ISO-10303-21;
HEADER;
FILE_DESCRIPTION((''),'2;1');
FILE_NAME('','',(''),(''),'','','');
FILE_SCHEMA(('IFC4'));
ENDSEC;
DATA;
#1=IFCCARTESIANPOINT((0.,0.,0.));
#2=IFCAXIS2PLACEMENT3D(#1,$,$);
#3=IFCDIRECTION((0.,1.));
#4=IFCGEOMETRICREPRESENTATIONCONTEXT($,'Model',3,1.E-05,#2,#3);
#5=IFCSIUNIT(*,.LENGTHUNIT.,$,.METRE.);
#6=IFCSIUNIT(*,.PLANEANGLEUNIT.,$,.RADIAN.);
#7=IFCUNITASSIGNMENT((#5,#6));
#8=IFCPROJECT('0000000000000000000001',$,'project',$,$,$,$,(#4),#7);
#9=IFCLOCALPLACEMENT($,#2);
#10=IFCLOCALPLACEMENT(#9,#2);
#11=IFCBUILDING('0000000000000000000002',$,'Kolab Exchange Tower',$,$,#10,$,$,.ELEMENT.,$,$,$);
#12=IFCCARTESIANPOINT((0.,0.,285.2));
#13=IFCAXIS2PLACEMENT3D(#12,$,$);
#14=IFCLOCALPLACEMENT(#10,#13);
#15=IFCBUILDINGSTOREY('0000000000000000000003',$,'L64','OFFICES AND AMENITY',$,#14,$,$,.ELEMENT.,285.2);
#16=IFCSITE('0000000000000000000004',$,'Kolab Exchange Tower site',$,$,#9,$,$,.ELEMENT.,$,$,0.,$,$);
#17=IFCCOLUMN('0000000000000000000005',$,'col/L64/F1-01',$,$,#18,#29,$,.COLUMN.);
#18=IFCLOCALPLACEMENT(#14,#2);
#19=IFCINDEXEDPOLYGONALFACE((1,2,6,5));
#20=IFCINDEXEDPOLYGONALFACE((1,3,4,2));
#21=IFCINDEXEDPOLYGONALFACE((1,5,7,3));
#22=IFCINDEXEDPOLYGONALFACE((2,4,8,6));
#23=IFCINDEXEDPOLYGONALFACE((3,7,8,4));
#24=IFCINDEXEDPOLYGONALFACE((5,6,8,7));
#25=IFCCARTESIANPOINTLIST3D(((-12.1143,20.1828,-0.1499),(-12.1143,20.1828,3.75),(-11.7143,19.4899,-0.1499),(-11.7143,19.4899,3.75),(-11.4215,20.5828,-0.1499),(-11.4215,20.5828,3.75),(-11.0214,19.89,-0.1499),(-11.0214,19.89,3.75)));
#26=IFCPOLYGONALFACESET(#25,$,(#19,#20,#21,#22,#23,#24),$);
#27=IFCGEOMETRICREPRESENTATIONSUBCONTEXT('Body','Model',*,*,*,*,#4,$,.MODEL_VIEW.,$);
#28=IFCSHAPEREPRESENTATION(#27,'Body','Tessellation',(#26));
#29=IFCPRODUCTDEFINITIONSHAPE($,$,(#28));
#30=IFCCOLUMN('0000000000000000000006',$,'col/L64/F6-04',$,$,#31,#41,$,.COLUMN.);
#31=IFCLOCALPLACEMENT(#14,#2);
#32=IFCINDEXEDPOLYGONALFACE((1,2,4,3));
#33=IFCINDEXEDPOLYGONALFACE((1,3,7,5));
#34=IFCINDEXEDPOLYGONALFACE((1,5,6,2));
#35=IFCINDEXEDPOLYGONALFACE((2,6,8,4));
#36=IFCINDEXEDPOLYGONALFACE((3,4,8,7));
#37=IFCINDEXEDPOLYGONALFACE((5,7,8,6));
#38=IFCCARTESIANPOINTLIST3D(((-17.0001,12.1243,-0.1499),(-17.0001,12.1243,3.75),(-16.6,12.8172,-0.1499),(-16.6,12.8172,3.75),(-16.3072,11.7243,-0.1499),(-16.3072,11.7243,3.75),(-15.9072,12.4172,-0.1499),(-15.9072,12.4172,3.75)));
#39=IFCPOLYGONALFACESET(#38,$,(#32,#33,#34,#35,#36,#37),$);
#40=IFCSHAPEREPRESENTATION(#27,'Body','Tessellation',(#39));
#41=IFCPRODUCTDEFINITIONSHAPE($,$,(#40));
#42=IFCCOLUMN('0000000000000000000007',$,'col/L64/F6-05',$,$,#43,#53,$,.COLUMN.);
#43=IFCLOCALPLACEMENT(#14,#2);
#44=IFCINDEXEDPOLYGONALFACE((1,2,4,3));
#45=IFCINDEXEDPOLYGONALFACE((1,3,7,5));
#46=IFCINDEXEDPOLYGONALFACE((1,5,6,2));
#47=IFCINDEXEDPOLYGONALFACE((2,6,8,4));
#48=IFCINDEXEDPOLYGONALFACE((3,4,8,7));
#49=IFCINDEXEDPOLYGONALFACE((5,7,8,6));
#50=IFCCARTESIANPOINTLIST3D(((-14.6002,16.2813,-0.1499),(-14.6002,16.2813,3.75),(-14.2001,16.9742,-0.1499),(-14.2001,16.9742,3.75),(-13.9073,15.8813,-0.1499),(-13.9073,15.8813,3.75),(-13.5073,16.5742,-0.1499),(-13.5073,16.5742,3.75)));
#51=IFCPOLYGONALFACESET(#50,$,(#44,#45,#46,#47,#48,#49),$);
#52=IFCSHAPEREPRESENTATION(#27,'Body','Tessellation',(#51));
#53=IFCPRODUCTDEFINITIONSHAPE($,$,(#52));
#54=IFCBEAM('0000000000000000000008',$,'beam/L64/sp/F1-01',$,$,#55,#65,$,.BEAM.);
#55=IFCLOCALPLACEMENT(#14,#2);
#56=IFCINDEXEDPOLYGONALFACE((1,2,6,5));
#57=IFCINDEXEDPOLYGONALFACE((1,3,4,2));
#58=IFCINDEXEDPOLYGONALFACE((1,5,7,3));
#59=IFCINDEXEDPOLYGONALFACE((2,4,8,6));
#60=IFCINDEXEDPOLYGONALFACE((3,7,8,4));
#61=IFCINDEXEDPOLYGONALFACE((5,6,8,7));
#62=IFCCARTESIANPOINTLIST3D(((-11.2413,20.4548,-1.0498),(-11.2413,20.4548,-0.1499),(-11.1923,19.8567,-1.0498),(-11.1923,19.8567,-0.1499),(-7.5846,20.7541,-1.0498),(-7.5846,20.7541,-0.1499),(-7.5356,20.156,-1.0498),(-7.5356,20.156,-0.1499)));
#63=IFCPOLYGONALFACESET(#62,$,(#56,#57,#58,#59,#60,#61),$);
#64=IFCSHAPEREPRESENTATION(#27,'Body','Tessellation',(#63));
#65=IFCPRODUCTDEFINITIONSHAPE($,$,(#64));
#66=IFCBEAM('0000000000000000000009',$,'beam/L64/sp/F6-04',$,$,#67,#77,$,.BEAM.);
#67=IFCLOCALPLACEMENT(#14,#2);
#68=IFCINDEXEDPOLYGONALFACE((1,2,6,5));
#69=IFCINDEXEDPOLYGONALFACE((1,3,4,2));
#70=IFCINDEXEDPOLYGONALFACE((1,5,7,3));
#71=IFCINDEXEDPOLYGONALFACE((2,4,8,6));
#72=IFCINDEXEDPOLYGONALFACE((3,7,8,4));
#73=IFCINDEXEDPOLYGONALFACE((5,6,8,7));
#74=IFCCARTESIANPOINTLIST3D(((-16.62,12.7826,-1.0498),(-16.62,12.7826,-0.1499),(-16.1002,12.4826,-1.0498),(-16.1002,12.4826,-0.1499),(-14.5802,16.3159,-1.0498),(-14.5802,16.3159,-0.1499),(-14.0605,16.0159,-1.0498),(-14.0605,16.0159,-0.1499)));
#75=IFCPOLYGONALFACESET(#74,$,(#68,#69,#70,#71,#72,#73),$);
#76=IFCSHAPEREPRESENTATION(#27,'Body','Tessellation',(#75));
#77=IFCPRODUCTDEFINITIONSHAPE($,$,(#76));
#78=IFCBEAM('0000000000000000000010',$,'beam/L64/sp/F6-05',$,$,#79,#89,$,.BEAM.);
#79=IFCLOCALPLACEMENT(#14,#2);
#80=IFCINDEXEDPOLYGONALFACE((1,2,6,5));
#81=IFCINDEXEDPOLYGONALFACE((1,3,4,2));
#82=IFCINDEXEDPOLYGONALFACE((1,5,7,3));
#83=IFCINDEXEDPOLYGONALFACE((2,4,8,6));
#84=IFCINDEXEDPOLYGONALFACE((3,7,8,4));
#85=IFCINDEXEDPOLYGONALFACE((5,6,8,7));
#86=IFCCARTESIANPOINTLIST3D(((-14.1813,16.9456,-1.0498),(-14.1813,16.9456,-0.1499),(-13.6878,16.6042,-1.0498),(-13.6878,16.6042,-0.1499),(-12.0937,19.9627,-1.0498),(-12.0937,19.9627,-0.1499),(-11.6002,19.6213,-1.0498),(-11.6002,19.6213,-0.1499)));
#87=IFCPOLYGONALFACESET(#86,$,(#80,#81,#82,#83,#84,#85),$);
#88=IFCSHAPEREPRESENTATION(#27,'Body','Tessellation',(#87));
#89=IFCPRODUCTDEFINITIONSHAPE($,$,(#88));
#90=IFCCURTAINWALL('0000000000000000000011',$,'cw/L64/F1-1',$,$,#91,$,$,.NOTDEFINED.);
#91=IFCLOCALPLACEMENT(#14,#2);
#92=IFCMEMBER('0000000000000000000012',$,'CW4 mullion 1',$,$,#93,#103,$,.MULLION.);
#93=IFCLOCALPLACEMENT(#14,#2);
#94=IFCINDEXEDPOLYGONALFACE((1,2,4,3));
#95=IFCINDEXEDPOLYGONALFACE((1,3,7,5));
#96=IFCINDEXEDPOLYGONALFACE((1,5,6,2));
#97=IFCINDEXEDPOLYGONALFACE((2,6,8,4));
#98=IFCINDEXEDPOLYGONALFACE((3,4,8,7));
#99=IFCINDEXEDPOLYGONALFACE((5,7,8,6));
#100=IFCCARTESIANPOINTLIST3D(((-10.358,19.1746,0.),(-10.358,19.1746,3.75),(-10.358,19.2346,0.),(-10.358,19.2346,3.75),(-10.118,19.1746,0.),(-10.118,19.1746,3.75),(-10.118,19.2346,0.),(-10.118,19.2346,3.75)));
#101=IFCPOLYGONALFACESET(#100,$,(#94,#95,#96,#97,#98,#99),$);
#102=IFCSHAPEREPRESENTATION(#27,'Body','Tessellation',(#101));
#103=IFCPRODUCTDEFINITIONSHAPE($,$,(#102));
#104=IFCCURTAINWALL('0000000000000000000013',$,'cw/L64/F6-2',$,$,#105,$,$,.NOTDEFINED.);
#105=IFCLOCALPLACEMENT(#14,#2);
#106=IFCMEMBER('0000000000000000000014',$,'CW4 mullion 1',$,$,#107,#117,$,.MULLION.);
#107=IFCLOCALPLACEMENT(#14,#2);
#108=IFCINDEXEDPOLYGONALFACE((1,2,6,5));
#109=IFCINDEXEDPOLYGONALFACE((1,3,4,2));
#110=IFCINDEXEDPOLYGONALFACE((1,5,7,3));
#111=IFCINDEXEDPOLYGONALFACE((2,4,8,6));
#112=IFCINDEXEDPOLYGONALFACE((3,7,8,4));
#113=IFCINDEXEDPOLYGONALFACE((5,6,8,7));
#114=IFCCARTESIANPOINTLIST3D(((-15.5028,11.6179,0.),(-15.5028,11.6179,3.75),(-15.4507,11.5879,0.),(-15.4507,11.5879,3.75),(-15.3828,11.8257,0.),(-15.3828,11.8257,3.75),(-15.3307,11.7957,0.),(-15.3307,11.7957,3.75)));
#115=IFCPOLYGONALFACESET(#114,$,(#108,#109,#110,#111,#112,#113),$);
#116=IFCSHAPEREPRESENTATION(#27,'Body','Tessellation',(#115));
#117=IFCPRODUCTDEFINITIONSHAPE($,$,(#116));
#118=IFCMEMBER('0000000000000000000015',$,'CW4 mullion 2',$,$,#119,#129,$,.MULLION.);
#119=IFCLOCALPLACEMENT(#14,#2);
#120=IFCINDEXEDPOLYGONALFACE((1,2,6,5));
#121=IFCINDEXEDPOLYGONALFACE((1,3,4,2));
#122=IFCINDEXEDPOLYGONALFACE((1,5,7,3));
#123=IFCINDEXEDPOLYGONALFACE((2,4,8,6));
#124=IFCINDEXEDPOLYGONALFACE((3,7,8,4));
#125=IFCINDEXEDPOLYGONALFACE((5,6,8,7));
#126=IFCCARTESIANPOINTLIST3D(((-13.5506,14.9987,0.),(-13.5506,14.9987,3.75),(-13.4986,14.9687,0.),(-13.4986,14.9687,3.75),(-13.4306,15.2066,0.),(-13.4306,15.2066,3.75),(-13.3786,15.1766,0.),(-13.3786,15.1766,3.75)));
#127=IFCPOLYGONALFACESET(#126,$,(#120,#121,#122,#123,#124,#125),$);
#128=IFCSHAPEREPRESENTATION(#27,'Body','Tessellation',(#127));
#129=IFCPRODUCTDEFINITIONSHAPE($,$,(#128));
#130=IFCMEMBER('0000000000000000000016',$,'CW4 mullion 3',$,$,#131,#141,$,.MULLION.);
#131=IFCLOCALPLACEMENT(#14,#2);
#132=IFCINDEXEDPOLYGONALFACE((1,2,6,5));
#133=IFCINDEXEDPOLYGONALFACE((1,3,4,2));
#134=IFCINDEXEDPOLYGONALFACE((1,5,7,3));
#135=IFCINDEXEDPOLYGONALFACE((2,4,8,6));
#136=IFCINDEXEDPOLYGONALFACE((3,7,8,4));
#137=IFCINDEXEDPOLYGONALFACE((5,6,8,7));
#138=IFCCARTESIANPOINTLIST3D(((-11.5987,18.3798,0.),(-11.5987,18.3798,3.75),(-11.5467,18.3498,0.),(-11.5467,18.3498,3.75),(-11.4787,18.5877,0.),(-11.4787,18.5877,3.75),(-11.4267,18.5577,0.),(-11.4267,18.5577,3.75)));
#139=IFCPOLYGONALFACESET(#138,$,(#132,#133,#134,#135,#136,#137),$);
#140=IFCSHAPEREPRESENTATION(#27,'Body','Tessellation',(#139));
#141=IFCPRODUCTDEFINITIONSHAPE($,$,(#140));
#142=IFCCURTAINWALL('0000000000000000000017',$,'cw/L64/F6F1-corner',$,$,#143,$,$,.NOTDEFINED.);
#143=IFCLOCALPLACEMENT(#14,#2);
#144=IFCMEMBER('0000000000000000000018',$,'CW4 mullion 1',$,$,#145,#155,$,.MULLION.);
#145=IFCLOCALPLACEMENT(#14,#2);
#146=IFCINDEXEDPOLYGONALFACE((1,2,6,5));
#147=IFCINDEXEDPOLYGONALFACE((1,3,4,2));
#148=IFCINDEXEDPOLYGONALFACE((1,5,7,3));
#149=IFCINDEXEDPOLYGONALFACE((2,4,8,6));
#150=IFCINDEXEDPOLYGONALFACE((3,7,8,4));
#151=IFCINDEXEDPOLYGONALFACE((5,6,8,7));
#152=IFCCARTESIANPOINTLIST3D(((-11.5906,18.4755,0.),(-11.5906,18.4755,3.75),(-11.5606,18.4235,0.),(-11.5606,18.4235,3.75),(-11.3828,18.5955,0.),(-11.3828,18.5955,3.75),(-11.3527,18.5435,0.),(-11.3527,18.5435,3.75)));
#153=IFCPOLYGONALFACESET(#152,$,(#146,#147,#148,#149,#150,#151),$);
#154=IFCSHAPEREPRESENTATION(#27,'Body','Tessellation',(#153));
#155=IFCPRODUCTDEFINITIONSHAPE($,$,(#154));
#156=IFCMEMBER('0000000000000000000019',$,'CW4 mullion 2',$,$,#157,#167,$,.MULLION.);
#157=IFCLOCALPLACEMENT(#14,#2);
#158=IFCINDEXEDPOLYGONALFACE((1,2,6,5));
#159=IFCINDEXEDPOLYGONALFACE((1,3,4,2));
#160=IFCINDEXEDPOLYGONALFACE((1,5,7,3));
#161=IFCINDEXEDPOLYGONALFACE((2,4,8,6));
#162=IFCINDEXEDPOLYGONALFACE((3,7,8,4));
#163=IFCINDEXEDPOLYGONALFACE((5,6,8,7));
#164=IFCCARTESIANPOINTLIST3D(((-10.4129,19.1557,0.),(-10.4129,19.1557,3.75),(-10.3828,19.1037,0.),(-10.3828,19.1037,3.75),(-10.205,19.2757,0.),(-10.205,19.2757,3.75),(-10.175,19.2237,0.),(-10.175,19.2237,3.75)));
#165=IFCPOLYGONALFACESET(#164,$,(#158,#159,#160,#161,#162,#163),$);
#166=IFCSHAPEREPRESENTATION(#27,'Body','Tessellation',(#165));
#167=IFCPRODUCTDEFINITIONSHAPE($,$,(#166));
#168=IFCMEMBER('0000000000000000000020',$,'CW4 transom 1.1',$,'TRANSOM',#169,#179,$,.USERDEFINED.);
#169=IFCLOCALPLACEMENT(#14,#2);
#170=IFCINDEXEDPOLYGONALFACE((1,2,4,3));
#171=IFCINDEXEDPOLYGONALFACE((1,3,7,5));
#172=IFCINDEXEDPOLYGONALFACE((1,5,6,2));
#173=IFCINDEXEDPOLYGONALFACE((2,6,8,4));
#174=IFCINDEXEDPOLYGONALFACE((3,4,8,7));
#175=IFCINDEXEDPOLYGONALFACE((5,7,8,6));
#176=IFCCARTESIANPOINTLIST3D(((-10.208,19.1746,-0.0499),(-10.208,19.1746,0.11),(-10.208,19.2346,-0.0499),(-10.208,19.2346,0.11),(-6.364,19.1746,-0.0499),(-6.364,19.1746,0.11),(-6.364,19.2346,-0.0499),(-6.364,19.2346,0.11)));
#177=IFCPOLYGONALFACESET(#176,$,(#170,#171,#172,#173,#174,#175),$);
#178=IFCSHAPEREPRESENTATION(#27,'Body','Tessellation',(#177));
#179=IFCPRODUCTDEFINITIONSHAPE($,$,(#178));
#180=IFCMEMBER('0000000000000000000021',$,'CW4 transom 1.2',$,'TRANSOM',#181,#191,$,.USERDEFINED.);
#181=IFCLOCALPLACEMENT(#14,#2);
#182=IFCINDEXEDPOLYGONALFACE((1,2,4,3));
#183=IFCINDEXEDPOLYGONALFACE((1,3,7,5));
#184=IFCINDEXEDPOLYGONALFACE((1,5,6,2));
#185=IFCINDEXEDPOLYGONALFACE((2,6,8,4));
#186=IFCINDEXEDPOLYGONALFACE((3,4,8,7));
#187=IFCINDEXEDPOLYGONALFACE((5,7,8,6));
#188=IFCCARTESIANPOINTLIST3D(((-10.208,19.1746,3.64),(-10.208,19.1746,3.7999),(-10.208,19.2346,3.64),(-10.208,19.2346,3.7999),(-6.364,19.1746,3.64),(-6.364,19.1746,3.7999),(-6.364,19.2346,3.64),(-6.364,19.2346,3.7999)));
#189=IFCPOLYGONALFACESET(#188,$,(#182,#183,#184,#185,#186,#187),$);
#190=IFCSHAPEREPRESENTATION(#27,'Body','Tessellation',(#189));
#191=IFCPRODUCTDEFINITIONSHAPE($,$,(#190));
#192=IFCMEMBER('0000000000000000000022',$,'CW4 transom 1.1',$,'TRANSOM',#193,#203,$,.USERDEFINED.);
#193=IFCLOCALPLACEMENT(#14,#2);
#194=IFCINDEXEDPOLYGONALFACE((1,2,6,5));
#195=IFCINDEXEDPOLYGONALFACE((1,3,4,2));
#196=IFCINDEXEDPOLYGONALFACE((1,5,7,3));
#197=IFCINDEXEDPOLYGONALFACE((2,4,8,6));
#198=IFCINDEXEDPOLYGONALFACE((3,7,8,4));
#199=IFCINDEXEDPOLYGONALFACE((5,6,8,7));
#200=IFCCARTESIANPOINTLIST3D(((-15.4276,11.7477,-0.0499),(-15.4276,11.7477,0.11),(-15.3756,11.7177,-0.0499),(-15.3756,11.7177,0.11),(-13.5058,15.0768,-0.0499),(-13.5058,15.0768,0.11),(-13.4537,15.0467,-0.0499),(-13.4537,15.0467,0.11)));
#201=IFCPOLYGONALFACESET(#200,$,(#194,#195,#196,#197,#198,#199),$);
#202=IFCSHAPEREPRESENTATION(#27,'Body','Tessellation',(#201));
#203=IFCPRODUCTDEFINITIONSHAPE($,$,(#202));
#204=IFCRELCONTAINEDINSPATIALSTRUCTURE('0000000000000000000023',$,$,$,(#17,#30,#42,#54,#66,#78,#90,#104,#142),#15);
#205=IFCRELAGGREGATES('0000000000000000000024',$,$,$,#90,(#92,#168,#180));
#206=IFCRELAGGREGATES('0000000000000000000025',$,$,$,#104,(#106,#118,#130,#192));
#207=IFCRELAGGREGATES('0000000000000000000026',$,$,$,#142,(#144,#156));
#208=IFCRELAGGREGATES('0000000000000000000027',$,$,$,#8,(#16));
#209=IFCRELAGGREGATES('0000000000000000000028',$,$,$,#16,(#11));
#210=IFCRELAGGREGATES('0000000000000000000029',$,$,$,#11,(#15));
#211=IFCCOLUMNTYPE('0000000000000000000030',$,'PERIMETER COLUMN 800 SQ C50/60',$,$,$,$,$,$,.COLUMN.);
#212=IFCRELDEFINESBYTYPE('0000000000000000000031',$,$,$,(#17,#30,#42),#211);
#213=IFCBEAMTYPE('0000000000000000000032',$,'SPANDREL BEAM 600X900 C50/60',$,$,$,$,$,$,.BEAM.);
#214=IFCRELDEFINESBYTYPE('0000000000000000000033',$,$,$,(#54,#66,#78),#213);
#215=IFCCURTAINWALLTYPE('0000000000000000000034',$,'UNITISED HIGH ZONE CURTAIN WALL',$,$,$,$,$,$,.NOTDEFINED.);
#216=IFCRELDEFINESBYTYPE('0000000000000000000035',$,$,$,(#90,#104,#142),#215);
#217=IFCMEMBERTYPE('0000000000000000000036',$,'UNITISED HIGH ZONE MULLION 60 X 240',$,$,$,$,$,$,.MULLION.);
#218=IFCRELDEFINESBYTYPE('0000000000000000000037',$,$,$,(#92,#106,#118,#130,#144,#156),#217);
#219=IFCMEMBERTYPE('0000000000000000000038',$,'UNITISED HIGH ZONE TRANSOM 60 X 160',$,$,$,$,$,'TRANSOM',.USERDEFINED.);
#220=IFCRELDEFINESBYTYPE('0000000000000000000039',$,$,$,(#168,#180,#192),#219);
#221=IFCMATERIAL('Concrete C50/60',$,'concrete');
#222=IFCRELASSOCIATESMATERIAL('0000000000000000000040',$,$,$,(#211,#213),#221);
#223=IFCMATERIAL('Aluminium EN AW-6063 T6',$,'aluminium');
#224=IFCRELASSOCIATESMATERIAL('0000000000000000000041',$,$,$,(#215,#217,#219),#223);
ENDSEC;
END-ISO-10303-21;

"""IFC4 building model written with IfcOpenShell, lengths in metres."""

from ifc_helpers import new_model, si_unit, direction, frame, origin, origin_2d, place, context, subcontext, project, spatial, rectangle, extrude, material, material_profile, profile_set, type_object, element, aggregate, save


model = new_model("IFC4")

# Units and contexts
model_context = context("Model", 3, precision=1e-05, world=origin(), true_north=direction((0.0, 1.0)))
body_context = subcontext(model_context, "Body", "Model", "MODEL_VIEW")
ifc_project = project(units=[si_unit("LENGTHUNIT", "METRE"), si_unit("PLANEANGLEUNIT", "RADIAN")], contexts=[model_context])

# Site, building, storey
site_placement = place(None, origin())
site = spatial("IfcSite", under=ifc_project, at=site_placement, Name="Kolab Exchange Tower site", CompositionType="ELEMENT", RefElevation=0.0)
building_placement = place(site_placement, origin())
building = spatial("IfcBuilding", under=site, at=building_placement, Name="Kolab Exchange Tower", CompositionType="ELEMENT")
storey_placement = place(building_placement, frame((0.0, 0.0, 285.2)))
storey = spatial("IfcBuildingStorey", under=building, at=storey_placement, Name="L64", Description="OFFICES AND AMENITY", CompositionType="ELEMENT", Elevation=285.2)

# Columns
ifc_material_1 = material(Name="Concrete C50/60", Category="concrete")
ifc_material_profile_1 = material_profile(ifc_material_1, rectangle(XDim=0.8, YDim=0.8, at=origin_2d()), Name="RC800")
ifc_profile_set_1 = profile_set([ifc_material_profile_1], Name="Concrete C50/60")
column_type = type_object("IfcColumnType", Name="PERIMETER COLUMN 800 SQ C50/60", PredefinedType="COLUMN", material=ifc_profile_set_1)
for number, where, z_axis, x_axis, name in (
    (1, (-11.5679, 20.0364, -0.1499), (0.0, 0.0, 1.0), (0.866025, 0.5, 0.0), "col/L64/F1-01"),
    (2, (-16.4536, 12.2708, -0.1499), (0.0, 0.0, 1.0), (0.5, 0.866025, 0.0), "col/L64/F6-04"),
    (3, (-14.0537, 16.4277, -0.1499), (0.0, 0.0, 1.0), (0.5, 0.866025, 0.0), "col/L64/F6-05"),
):
    element("IfcColumn", number, at=place(storey_placement, frame(where, z_axis=z_axis, x_axis=x_axis)), inside=storey, type_object=column_type, Name=name, PredefinedType="COLUMN", context=body_context, shape_type="SweptSolid", body=[
        extrude(rectangle(XDim=0.8, YDim=0.8, at=origin_2d()), origin(), (0.0, 0.0, 1.0), 3.8999),
    ])

# Beams
ifc_material_profile_2 = material_profile(ifc_material_1, rectangle(XDim=0.6001, YDim=0.8999, at=origin_2d()), Name="RC600X900")
ifc_profile_set_2 = profile_set([ifc_material_profile_2], Name="Concrete C50/60")
beam_type = type_object("IfcBeamType", Name="SPANDREL BEAM 600X900 C50/60", PredefinedType="BEAM", material=ifc_profile_set_2)
beam_1_placement = place(storey_placement, frame((-11.2168, 20.1558, -0.5999), z_axis=(0.996667, 0.081581, 0.0), x_axis=(-0.081581, 0.996667, 0.0)))
element("IfcBeam", 4, at=beam_1_placement, inside=storey, type_object=beam_type, Name="beam/L64/sp/F1-01", PredefinedType="BEAM", context=body_context, shape_type="SweptSolid", body=[
    extrude(rectangle(XDim=0.6001, YDim=0.8999, at=origin_2d()), origin(), (0.0, 0.0, 1.0), 3.6689),
])
beam_2_placement = place(storey_placement, frame((-16.3601, 12.6326, -0.5999), z_axis=(0.499956, 0.866051, 0.0), x_axis=(-0.866051, 0.499956, 0.0)))
element("IfcBeam", 5, at=beam_2_placement, inside=storey, type_object=beam_type, Name="beam/L64/sp/F6-04", PredefinedType="BEAM", context=body_context, shape_type="SweptSolid", body=[
    extrude(rectangle(XDim=0.6001, YDim=0.8999, at=origin_2d()), origin(), (0.0, 0.0, 1.0), 4.0798),
])
beam_3_placement = place(storey_placement, frame((-13.9346, 16.7749, -0.5999), z_axis=(0.569006, 0.822334, 0.0), x_axis=(-0.822334, 0.569006, 0.0)))
element("IfcBeam", 6, at=beam_3_placement, inside=storey, type_object=beam_type, Name="beam/L64/sp/F6-05", PredefinedType="BEAM", context=body_context, shape_type="SweptSolid", body=[
    extrude(rectangle(XDim=0.6001, YDim=0.8999, at=origin_2d()), origin(), (0.0, 0.0, 1.0), 3.6689),
])

# Curtain wall, member
ifc_material_2 = material(Name="Aluminium EN AW-6063 T6", Category="aluminium")
curtain_wall_type = type_object("IfcCurtainWallType", Name="UNITISED HIGH ZONE CURTAIN WALL", PredefinedType="NOTDEFINED", material=ifc_material_2)
curtain_wall_1_placement = place(storey_placement, origin())
curtain_wall_1 = element("IfcCurtainWall", 7, at=curtain_wall_1_placement, inside=storey, type_object=curtain_wall_type, Name="cw/L64/F1-1", PredefinedType="NOTDEFINED")
ifc_material_profile_3 = material_profile(ifc_material_2, rectangle(XDim=0.0601, YDim=0.24, at=origin_2d()), Name="RECT 60X240")
ifc_profile_set_3 = profile_set([ifc_material_profile_3], Name="Aluminium EN AW-6063 T6")
member_type_1 = type_object("IfcMemberType", Name="UNITISED HIGH ZONE MULLION 60 X 240", PredefinedType="MULLION", material=ifc_profile_set_3)
member_1_placement = place(storey_placement, frame((-10.238, 19.2046, 0.0), z_axis=(0.0, 0.0, 1.0), x_axis=(0.0, 1.0, 0.0)))
member_1 = element("IfcMember", 8, at=member_1_placement, type_object=member_type_1, Name="CW4 mullion 1", PredefinedType="MULLION", context=body_context, shape_type="SweptSolid", body=[
    extrude(rectangle(XDim=0.0601, YDim=0.24, at=origin_2d()), origin(), (0.0, 0.0, 1.0), 3.75),
])

# Curtain walls, members
curtain_wall_2_placement = place(storey_placement, origin())
curtain_wall_2 = element("IfcCurtainWall", 9, at=curtain_wall_2_placement, inside=storey, type_object=curtain_wall_type, Name="cw/L64/F6-2", PredefinedType="NOTDEFINED")
member_2_placement = place(storey_placement, frame((-15.4167, 11.7068, 0.0), z_axis=(0.0, 0.0, 1.0), x_axis=(-0.866025, 0.5, 0.0)))
member_2 = element("IfcMember", 10, at=member_2_placement, type_object=member_type_1, Name="CW4 mullion 1", PredefinedType="MULLION", context=body_context, shape_type="SweptSolid", body=[
    extrude(rectangle(XDim=0.0601, YDim=0.24, at=origin_2d()), origin(), (0.0, 0.0, 1.0), 3.75),
])
member_3_placement = place(storey_placement, frame((-13.4646, 15.0876, 0.0), z_axis=(0.0, 0.0, 1.0), x_axis=(-0.866025, 0.5, 0.0)))
member_3 = element("IfcMember", 11, at=member_3_placement, type_object=member_type_1, Name="CW4 mullion 2", PredefinedType="MULLION", context=body_context, shape_type="SweptSolid", body=[
    extrude(rectangle(XDim=0.0601, YDim=0.24, at=origin_2d()), origin(), (0.0, 0.0, 1.0), 3.75),
])
member_4_placement = place(storey_placement, frame((-11.5127, 18.4688, 0.0), z_axis=(0.0, 0.0, 1.0), x_axis=(-0.866025, 0.5, 0.0)))
member_4 = element("IfcMember", 12, at=member_4_placement, type_object=member_type_1, Name="CW4 mullion 3", PredefinedType="MULLION", context=body_context, shape_type="SweptSolid", body=[
    extrude(rectangle(XDim=0.0601, YDim=0.24, at=origin_2d()), origin(), (0.0, 0.0, 1.0), 3.75),
])
curtain_wall_3_placement = place(storey_placement, origin())
curtain_wall_3 = element("IfcCurtainWall", 13, at=curtain_wall_3_placement, inside=storey, type_object=curtain_wall_type, Name="cw/L64/F6F1-corner", PredefinedType="NOTDEFINED")
member_5_placement = place(storey_placement, frame((-11.4717, 18.5095, 0.0), z_axis=(0.0, 0.0, 1.0), x_axis=(-0.5, 0.866025, 0.0)))
member_5 = element("IfcMember", 14, at=member_5_placement, type_object=member_type_1, Name="CW4 mullion 1", PredefinedType="MULLION", context=body_context, shape_type="SweptSolid", body=[
    extrude(rectangle(XDim=0.0601, YDim=0.24, at=origin_2d()), origin(), (0.0, 0.0, 1.0), 3.75),
])
member_6_placement = place(storey_placement, frame((-10.2939, 19.1897, 0.0), z_axis=(0.0, 0.0, 1.0), x_axis=(-0.5, 0.866025, 0.0)))
member_6 = element("IfcMember", 15, at=member_6_placement, type_object=member_type_1, Name="CW4 mullion 2", PredefinedType="MULLION", context=body_context, shape_type="SweptSolid", body=[
    extrude(rectangle(XDim=0.0601, YDim=0.24, at=origin_2d()), origin(), (0.0, 0.0, 1.0), 3.75),
])

# Members
ifc_material_profile_4 = material_profile(ifc_material_2, rectangle(XDim=0.0601, YDim=0.1599, at=origin_2d()), Name="RECT 60X160")
ifc_profile_set_4 = profile_set([ifc_material_profile_4], Name="Aluminium EN AW-6063 T6")
member_type_2 = type_object("IfcMemberType", Name="UNITISED HIGH ZONE TRANSOM 60 X 160", ElementType="TRANSOM", PredefinedType="USERDEFINED", material=ifc_profile_set_4)
member_7_placement = place(storey_placement, frame((-10.208, 19.2046, 0.03), z_axis=(1.0, 0.0, 0.0), x_axis=(0.0, 1.0, 0.0)))
member_7 = element("IfcMember", 16, at=member_7_placement, type_object=member_type_2, Name="CW4 transom 1.1", ObjectType="TRANSOM", PredefinedType="USERDEFINED", context=body_context, shape_type="SweptSolid", body=[
    extrude(rectangle(XDim=0.0601, YDim=0.1599, at=origin_2d()), origin(), (0.0, 0.0, 1.0), 3.844),
])
member_8_placement = place(storey_placement, frame((-10.208, 19.2046, 3.72), z_axis=(1.0, 0.0, 0.0), x_axis=(0.0, 1.0, 0.0)))
member_8 = element("IfcMember", 17, at=member_8_placement, type_object=member_type_2, Name="CW4 transom 1.2", ObjectType="TRANSOM", PredefinedType="USERDEFINED", context=body_context, shape_type="SweptSolid", body=[
    extrude(rectangle(XDim=0.0601, YDim=0.1599, at=origin_2d()), origin(), (0.0, 0.0, 1.0), 3.844),
])
aggregate(curtain_wall_1, [member_1, member_7, member_8])
member_9_placement = place(storey_placement, frame((-15.4016, 11.7327, 0.03), z_axis=(0.499964, 0.866046, 0.0), x_axis=(-0.866046, 0.499964, 0.0)))
member_9 = element("IfcMember", 18, at=member_9_placement, type_object=member_type_2, Name="CW4 transom 1.1", ObjectType="TRANSOM", PredefinedType="USERDEFINED", context=body_context, shape_type="SweptSolid", body=[
    extrude(rectangle(XDim=0.0601, YDim=0.1599, at=origin_2d()), origin(), (0.0, 0.0, 1.0), 3.844),
])

aggregate(curtain_wall_2, [member_2, member_3, member_4, member_9])
aggregate(curtain_wall_3, [member_5, member_6])

save(model, "model.ifc")
